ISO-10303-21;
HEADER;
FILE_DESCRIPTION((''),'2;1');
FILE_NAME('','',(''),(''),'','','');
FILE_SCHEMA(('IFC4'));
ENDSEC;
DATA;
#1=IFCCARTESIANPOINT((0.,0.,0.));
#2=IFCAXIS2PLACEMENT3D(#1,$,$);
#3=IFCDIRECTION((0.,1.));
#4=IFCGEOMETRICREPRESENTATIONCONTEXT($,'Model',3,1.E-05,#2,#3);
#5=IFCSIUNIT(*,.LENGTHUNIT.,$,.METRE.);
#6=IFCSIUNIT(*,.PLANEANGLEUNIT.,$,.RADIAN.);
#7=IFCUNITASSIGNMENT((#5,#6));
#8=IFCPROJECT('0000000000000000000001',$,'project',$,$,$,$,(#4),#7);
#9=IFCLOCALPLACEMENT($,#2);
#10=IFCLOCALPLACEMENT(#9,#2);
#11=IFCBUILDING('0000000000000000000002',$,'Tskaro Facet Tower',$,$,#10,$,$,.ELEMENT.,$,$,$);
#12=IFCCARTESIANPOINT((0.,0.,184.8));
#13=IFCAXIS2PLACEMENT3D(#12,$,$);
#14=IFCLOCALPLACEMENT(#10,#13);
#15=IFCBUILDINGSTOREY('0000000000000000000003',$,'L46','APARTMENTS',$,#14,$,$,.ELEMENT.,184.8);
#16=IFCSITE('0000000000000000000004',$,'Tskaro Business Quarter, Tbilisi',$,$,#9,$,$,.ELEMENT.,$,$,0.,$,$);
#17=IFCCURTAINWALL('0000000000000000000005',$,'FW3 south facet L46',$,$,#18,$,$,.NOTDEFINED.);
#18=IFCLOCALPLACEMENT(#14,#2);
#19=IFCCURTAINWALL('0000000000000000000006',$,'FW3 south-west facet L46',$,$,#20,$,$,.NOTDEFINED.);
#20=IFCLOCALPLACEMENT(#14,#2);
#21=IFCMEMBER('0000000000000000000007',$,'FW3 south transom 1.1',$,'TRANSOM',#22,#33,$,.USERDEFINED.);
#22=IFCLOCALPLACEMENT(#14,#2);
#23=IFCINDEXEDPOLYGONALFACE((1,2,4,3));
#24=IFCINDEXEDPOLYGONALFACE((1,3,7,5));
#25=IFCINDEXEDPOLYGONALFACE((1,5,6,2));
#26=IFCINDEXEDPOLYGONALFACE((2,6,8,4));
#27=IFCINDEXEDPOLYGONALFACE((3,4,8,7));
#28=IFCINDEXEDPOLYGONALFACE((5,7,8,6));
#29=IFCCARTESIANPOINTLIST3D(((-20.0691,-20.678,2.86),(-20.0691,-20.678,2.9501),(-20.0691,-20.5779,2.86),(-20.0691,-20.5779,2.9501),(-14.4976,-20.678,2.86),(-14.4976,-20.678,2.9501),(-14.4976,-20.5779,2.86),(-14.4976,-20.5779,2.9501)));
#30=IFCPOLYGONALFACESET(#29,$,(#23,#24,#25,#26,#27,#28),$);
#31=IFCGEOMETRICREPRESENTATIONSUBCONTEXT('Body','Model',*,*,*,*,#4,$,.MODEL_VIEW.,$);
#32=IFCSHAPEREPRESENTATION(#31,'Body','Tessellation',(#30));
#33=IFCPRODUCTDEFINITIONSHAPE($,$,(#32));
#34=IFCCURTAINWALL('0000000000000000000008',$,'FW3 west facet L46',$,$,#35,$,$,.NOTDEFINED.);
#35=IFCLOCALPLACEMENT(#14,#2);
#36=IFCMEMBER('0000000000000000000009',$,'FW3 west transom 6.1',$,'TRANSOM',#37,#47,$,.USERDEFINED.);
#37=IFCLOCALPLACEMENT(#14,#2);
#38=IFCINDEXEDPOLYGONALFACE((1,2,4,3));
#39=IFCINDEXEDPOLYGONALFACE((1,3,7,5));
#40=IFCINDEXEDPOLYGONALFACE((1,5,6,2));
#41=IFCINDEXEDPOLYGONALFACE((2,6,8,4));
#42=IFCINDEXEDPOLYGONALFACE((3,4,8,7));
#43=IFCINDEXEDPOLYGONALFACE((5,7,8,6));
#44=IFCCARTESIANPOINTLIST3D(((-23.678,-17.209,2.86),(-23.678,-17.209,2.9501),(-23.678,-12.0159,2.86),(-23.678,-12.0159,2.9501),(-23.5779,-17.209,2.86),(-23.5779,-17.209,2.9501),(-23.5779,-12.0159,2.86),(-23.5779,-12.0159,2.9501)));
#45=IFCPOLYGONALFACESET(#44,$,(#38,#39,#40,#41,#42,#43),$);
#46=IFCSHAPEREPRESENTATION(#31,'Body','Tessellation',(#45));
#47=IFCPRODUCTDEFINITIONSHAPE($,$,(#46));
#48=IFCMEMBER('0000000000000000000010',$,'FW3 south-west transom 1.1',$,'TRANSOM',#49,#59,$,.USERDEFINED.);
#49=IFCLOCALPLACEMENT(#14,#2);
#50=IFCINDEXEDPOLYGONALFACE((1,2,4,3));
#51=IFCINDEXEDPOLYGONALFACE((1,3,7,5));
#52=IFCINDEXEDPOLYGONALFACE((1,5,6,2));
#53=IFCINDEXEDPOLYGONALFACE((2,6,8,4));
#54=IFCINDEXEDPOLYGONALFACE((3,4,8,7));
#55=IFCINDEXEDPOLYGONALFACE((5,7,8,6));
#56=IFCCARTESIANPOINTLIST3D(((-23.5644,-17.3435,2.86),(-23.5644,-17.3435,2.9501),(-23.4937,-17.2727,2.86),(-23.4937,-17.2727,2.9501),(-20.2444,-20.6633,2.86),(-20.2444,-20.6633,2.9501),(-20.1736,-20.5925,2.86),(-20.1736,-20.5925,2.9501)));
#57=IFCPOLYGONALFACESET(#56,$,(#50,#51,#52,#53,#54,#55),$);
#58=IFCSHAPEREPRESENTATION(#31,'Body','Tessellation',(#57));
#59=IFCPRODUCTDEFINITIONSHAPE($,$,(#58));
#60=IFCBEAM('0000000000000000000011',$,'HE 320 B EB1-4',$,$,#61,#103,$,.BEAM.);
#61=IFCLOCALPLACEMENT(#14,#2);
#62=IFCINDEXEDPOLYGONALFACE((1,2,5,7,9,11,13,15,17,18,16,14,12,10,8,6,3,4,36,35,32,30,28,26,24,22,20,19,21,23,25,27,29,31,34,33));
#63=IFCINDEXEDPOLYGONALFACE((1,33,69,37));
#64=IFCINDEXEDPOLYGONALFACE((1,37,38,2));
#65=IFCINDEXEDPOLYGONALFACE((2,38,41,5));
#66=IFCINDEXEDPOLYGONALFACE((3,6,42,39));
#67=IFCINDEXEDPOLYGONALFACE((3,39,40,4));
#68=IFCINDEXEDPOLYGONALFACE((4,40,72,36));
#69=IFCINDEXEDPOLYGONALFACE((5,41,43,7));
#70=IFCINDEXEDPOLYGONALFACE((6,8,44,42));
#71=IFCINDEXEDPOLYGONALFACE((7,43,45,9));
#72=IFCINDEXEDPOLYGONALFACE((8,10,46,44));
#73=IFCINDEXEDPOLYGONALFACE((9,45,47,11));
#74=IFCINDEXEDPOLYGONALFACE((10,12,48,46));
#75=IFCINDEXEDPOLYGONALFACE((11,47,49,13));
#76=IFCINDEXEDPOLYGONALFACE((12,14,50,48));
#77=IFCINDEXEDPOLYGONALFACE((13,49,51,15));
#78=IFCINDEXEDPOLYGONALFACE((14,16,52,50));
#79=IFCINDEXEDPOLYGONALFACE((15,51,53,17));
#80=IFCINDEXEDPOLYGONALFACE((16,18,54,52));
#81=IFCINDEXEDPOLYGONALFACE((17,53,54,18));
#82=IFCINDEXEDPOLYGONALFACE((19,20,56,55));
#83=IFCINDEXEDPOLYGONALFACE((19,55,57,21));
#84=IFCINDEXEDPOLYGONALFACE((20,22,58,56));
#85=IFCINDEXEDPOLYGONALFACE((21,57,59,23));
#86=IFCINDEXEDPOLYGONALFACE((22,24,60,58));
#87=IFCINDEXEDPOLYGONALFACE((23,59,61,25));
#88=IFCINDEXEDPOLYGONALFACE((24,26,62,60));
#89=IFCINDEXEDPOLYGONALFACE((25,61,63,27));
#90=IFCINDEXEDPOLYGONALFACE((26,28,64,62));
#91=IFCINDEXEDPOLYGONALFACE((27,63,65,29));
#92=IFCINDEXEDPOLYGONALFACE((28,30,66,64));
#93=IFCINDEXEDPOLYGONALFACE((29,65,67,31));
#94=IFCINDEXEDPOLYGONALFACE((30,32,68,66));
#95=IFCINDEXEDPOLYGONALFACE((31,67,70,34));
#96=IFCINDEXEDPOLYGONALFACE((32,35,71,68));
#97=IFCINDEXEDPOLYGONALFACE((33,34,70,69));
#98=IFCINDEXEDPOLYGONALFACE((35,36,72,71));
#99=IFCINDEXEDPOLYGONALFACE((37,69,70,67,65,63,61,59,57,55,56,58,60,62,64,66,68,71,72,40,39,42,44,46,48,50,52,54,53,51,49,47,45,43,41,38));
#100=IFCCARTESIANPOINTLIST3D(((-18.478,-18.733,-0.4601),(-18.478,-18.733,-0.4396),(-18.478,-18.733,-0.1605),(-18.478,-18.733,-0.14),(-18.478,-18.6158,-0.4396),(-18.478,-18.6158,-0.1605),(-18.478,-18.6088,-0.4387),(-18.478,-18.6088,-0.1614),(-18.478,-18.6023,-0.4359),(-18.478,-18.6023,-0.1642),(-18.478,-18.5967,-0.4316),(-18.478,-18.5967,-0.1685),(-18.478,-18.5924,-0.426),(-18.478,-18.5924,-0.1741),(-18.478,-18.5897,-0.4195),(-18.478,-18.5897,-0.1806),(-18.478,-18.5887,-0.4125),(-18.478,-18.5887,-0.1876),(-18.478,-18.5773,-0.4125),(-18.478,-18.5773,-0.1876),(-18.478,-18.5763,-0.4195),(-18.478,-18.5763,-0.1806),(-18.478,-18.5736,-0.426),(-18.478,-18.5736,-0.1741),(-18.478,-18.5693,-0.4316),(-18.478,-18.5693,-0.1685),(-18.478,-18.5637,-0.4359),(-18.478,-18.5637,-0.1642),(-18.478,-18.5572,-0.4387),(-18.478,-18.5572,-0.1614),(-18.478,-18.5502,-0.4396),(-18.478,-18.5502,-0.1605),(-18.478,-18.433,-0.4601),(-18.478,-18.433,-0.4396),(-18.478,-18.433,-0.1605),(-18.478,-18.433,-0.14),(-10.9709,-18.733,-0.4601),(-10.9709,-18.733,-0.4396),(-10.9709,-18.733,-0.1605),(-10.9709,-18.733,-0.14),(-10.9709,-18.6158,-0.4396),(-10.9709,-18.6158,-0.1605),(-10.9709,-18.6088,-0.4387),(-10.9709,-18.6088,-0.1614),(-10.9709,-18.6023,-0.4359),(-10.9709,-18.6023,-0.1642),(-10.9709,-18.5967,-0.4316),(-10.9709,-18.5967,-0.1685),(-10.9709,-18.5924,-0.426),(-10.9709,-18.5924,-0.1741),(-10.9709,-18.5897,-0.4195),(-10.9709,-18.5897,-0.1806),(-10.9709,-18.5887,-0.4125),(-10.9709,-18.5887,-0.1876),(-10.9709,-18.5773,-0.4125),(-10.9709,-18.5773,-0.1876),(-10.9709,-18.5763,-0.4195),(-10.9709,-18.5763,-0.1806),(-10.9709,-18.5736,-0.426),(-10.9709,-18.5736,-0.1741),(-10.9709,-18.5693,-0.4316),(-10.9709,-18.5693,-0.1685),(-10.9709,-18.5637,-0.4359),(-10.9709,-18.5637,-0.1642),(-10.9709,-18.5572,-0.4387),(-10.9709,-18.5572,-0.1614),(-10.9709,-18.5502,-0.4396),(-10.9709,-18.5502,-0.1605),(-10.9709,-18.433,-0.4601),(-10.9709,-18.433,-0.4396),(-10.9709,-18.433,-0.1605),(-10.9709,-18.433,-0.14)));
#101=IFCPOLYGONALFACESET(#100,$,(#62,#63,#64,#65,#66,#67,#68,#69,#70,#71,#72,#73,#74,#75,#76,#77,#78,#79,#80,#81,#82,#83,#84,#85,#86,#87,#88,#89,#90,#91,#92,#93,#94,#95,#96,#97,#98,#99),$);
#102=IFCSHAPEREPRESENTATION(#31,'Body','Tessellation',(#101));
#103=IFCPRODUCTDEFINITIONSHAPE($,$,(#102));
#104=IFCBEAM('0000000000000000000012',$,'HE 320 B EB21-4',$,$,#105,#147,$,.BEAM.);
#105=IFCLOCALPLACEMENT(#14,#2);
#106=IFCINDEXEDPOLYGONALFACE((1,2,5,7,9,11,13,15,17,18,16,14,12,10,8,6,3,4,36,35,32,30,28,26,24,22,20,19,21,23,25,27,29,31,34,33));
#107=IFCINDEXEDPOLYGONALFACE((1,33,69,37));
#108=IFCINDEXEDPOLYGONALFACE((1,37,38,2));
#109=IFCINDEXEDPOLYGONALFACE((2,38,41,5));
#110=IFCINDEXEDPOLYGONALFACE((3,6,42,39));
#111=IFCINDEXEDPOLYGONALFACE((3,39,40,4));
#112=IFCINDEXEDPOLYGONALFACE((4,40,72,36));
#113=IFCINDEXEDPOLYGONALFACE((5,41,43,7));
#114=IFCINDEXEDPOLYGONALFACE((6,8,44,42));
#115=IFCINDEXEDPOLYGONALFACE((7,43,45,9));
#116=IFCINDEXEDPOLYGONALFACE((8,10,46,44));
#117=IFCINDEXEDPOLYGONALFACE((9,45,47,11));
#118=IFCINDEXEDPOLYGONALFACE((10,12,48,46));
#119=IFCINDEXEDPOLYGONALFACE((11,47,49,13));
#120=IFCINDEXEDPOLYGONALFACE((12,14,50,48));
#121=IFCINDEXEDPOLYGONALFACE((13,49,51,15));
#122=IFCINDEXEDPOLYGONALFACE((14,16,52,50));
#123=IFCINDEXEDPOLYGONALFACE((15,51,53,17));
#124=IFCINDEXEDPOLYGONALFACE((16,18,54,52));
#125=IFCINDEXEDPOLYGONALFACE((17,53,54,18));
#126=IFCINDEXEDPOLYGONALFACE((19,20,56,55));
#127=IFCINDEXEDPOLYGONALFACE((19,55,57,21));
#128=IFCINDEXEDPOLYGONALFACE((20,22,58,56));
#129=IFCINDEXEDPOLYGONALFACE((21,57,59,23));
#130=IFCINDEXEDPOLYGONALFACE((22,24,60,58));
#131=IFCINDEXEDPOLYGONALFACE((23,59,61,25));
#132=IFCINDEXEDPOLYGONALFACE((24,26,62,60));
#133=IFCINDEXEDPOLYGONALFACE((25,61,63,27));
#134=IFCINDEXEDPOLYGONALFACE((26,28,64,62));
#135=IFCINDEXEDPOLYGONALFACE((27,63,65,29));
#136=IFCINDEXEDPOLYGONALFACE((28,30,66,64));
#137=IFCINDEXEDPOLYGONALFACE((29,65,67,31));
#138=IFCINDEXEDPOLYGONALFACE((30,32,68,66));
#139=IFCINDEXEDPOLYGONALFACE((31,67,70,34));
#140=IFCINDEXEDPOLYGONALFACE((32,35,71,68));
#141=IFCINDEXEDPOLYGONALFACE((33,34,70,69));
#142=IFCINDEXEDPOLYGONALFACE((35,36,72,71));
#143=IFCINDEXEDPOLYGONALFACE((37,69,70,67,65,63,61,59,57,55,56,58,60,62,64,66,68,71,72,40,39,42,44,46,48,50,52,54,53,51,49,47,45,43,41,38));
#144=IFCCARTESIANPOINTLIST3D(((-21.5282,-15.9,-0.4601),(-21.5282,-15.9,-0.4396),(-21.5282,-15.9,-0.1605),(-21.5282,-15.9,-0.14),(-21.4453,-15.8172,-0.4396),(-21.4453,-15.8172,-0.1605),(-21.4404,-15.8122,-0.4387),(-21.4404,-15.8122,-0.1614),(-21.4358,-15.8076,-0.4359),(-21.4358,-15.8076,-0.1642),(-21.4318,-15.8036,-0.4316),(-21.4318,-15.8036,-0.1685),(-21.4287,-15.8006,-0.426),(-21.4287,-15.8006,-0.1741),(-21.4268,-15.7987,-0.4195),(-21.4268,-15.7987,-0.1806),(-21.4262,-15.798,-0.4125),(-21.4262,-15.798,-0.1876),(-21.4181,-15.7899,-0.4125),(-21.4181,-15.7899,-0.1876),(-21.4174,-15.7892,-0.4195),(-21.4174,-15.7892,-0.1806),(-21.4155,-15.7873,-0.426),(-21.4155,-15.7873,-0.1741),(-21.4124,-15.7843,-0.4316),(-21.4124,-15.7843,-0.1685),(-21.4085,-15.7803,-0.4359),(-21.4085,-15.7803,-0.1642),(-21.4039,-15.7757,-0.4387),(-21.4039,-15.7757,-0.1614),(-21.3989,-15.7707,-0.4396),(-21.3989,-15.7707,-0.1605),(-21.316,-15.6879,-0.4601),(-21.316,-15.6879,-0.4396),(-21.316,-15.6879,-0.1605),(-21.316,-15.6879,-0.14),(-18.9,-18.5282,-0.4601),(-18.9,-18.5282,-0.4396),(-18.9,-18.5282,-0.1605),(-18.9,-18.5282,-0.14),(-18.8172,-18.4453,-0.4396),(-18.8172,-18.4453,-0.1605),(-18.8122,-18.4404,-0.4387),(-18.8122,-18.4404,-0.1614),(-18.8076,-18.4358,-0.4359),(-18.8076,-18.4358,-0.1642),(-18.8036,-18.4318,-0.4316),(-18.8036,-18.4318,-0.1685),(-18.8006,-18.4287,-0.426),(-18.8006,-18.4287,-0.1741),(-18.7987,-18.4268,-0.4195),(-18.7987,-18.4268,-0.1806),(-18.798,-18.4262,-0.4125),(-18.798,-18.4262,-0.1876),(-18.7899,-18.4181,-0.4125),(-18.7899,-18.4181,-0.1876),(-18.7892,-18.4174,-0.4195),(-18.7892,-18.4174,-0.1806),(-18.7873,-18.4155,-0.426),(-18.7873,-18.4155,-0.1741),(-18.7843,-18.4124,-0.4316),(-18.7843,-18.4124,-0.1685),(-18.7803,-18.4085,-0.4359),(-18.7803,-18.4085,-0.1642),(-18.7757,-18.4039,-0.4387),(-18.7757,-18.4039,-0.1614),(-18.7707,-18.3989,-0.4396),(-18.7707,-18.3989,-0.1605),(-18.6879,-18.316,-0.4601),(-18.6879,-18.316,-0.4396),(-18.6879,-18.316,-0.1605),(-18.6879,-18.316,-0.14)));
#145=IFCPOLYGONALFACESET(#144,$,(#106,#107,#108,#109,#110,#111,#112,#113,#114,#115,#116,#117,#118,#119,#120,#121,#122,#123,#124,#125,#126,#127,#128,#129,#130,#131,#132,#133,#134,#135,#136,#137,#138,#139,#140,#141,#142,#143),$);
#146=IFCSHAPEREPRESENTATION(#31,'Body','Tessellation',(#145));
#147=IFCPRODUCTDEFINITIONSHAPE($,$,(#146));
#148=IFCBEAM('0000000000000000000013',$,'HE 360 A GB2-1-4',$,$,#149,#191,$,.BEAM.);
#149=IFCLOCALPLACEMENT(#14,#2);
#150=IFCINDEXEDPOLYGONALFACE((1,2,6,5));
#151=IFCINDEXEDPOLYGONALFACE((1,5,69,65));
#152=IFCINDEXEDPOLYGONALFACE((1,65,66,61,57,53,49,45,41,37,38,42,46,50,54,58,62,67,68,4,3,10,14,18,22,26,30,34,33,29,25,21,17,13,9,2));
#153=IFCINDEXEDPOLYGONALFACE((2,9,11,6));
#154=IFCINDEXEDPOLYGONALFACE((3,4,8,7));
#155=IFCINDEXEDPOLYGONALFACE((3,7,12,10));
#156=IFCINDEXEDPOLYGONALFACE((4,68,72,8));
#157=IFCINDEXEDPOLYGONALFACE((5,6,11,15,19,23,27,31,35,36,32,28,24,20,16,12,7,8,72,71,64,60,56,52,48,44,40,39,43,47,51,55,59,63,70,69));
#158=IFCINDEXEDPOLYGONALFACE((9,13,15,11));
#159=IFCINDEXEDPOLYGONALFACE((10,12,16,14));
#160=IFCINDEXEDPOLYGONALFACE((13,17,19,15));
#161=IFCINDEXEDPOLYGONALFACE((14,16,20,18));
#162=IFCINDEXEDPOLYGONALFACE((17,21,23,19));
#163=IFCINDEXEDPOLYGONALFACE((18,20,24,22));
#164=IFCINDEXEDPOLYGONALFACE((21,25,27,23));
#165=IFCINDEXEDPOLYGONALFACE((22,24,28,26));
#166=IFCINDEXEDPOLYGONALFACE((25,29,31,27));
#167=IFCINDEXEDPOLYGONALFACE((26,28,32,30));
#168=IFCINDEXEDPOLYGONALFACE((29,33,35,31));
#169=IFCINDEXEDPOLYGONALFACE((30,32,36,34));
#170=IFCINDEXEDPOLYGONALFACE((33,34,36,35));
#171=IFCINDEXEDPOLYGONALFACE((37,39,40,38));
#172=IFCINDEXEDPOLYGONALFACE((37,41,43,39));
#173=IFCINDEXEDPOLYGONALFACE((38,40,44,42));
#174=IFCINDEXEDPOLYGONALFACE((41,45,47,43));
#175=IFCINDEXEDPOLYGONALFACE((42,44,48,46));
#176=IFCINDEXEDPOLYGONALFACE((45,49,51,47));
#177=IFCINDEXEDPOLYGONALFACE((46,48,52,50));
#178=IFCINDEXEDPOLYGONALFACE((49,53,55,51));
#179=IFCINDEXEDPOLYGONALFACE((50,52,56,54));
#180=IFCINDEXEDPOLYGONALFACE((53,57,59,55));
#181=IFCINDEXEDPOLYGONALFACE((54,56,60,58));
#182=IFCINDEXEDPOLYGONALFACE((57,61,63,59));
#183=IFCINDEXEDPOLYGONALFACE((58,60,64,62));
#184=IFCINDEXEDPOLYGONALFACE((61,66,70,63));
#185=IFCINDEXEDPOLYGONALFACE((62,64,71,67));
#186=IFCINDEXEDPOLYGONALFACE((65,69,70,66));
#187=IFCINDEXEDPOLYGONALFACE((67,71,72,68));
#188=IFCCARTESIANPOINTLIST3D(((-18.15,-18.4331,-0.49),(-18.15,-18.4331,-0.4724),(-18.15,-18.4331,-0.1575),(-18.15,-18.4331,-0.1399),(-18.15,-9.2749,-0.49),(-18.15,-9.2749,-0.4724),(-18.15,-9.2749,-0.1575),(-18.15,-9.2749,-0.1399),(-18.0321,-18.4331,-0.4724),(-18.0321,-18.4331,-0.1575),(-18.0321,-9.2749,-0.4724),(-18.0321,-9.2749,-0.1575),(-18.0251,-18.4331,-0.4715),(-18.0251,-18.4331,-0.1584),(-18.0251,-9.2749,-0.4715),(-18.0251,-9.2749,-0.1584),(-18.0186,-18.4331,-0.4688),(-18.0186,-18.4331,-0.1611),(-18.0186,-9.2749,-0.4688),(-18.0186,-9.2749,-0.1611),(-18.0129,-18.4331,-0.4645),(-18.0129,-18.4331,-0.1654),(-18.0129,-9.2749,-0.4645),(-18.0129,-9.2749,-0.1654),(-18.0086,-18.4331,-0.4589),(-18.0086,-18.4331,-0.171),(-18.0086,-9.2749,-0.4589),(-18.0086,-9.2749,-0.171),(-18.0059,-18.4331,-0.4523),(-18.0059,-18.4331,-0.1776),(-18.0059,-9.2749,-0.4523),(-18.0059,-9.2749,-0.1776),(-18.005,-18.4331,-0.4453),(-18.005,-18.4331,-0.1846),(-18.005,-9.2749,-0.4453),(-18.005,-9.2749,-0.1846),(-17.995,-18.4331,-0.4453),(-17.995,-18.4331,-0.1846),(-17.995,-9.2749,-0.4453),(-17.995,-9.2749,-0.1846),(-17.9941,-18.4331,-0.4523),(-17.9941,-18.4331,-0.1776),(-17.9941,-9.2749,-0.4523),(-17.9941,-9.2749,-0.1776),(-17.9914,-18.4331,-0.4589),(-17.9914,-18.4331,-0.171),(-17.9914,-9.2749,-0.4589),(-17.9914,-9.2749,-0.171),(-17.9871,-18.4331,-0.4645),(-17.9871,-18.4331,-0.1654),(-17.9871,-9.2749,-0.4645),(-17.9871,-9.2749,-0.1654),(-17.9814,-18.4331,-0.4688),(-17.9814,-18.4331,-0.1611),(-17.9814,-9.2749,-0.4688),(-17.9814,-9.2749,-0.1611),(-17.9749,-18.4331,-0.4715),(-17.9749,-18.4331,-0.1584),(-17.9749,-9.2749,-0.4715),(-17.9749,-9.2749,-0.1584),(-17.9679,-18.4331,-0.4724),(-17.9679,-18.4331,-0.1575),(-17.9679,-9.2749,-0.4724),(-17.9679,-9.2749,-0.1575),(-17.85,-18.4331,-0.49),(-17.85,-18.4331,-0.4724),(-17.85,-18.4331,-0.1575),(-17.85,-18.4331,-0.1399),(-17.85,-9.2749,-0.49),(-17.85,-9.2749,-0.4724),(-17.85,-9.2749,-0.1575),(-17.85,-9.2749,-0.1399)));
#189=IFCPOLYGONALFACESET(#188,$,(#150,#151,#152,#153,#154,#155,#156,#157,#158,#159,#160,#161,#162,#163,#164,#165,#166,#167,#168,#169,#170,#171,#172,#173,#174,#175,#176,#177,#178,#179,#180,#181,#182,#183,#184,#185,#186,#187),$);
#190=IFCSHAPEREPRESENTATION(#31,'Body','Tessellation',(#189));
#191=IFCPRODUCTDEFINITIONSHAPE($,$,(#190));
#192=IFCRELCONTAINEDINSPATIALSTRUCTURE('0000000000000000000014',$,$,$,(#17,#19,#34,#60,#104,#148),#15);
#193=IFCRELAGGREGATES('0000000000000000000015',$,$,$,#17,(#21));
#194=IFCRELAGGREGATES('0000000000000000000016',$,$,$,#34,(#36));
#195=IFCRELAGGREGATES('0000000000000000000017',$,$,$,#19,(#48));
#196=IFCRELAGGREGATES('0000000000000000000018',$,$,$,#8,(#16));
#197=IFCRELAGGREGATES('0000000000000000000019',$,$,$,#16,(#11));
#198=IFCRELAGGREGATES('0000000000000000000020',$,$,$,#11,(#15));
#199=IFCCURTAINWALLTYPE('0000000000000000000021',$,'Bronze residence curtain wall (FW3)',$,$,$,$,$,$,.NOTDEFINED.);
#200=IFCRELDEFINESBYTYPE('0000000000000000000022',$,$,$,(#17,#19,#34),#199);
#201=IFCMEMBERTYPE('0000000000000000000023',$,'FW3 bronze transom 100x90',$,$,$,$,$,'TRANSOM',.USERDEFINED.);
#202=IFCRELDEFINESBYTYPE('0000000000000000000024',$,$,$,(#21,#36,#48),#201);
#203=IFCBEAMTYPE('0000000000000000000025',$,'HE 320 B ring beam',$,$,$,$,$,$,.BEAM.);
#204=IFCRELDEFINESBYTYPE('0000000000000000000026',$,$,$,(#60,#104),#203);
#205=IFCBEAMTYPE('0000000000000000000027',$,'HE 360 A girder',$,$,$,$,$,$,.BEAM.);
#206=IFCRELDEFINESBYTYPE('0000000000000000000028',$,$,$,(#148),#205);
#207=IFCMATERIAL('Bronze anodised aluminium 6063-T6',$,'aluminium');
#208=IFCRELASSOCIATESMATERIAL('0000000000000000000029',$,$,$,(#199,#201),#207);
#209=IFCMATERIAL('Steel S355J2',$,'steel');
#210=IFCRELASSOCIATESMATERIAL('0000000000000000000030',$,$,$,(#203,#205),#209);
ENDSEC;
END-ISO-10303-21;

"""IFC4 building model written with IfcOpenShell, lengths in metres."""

from ifc_helpers import new_model, si_unit, direction, frame, origin, origin_2d, place, context, subcontext, project, spatial, rectangle, i_section, extrude, material, material_profile, profile_set, type_object, element, aggregate, save


model = new_model("IFC4")

# Units and contexts
model_context = context("Model", 3, precision=1e-05, world=origin(), true_north=direction((0.0, 1.0)))
body_context = subcontext(model_context, "Body", "Model", "MODEL_VIEW")
ifc_project = project(units=[si_unit("LENGTHUNIT", "METRE"), si_unit("PLANEANGLEUNIT", "RADIAN")], contexts=[model_context])

# Site, building, storey
site_placement = place(None, origin())
site = spatial("IfcSite", under=ifc_project, at=site_placement, Name="Tskaro Business Quarter, Tbilisi", CompositionType="ELEMENT", RefElevation=0.0)
building_placement = place(site_placement, origin())
building = spatial("IfcBuilding", under=site, at=building_placement, Name="Tskaro Facet Tower", CompositionType="ELEMENT")
storey_placement = place(building_placement, frame((0.0, 0.0, 184.8)))
storey = spatial("IfcBuildingStorey", under=building, at=storey_placement, Name="L46", Description="APARTMENTS", CompositionType="ELEMENT", Elevation=184.8)

# Curtain walls
ifc_material_1 = material(Name="Bronze anodised aluminium 6063-T6", Category="aluminium")
curtain_wall_type = type_object("IfcCurtainWallType", Name="Bronze residence curtain wall (FW3)", PredefinedType="NOTDEFINED", material=ifc_material_1)
curtain_wall_1_placement = place(storey_placement, origin())
curtain_wall_1 = element("IfcCurtainWall", 1, at=curtain_wall_1_placement, inside=storey, type_object=curtain_wall_type, Name="FW3 south facet L46", PredefinedType="NOTDEFINED")
curtain_wall_2_placement = place(storey_placement, origin())
curtain_wall_2 = element("IfcCurtainWall", 2, at=curtain_wall_2_placement, inside=storey, type_object=curtain_wall_type, Name="FW3 south-west facet L46", PredefinedType="NOTDEFINED")

# Member
ifc_material_profile_1 = material_profile(ifc_material_1, rectangle(XDim=0.1001, YDim=0.0901, at=origin_2d()), Name="Transom 100x90")
ifc_profile_set_1 = profile_set([ifc_material_profile_1], Name="Bronze anodised aluminium 6063-T6")
member_type_1 = type_object("IfcMemberType", Name="FW3 bronze transom 100x90", ElementType="TRANSOM", PredefinedType="USERDEFINED", material=ifc_profile_set_1)
member_1_placement = place(storey_placement, frame((-20.0691, -20.6279, 2.905), z_axis=(1.0, 0.0, 0.0), x_axis=(0.0, 1.0, 0.0)))
member_1 = element("IfcMember", 3, at=member_1_placement, type_object=member_type_1, Name="FW3 south transom 1.1", ObjectType="TRANSOM", PredefinedType="USERDEFINED", context=body_context, shape_type="SweptSolid", body=[
    extrude(rectangle(XDim=0.1001, YDim=0.0901, at=origin_2d()), origin(), (0.0, 0.0, 1.0), 5.5715),
])
aggregate(curtain_wall_1, [member_1])

# Curtain wall, member
curtain_wall_3_placement = place(storey_placement, origin())
curtain_wall_3 = element("IfcCurtainWall", 4, at=curtain_wall_3_placement, inside=storey, type_object=curtain_wall_type, Name="FW3 west facet L46", PredefinedType="NOTDEFINED")
member_2_placement = place(storey_placement, frame((-23.6279, -12.0159, 2.905), z_axis=(0.0, -1.0, 0.0), x_axis=(1.0, 0.0, 0.0)))
member_2 = element("IfcMember", 5, at=member_2_placement, type_object=member_type_1, Name="FW3 west transom 6.1", ObjectType="TRANSOM", PredefinedType="USERDEFINED", context=body_context, shape_type="SweptSolid", body=[
    extrude(rectangle(XDim=0.1001, YDim=0.0901, at=origin_2d()), origin(), (0.0, 0.0, 1.0), 5.1931),
])

# Member
member_3_placement = place(storey_placement, frame((-23.5291, -17.3081, 2.905), z_axis=(0.707133, -0.707081, 0.0), x_axis=(0.707081, 0.707133, 0.0)))
member_3 = element("IfcMember", 6, at=member_3_placement, type_object=member_type_1, Name="FW3 south-west transom 1.1", ObjectType="TRANSOM", PredefinedType="USERDEFINED", context=body_context, shape_type="SweptSolid", body=[
    extrude(rectangle(XDim=0.1001, YDim=0.0901, at=origin_2d()), origin(), (0.0, 0.0, 1.0), 4.6951),
])

# Beams
ifc_material_2 = material(Name="Steel S355J2", Category="steel")
ifc_material_profile_2 = material_profile(ifc_material_2, i_section(OverallWidth=0.3, OverallDepth=0.3201, WebThickness=0.0115, FlangeThickness=0.0205, FilletRadius=0.0271, at=origin_2d()), Name="HE 320 B")
ifc_profile_set_2 = profile_set([ifc_material_profile_2], Name="Steel S355J2")
beam_type_1 = type_object("IfcBeamType", Name="HE 320 B ring beam", PredefinedType="BEAM", material=ifc_profile_set_2)
beam_1_placement = place(storey_placement, frame((-18.478, -18.583, -0.3), z_axis=(1.0, 0.0, 0.0), x_axis=(0.0, 1.0, 0.0)))
element("IfcBeam", 7, at=beam_1_placement, inside=storey, type_object=beam_type_1, Name="HE 320 B EB1-4", PredefinedType="BEAM", context=body_context, shape_type="SweptSolid", body=[
    extrude(i_section(OverallWidth=0.3, OverallDepth=0.3201, WebThickness=0.0115, FlangeThickness=0.0205, FilletRadius=0.0271, at=origin_2d()), origin(), (0.0, 0.0, 1.0), 7.5071),
])
beam_2_placement = place(storey_placement, frame((-21.4221, -15.7939, -0.3), z_axis=(0.707107, -0.707107, 0.0), x_axis=(0.707107, 0.707107, 0.0)))
element("IfcBeam", 8, at=beam_2_placement, inside=storey, type_object=beam_type_1, Name="HE 320 B EB21-4", PredefinedType="BEAM", context=body_context, shape_type="SweptSolid", body=[
    extrude(i_section(OverallWidth=0.3, OverallDepth=0.3201, WebThickness=0.0115, FlangeThickness=0.0205, FilletRadius=0.0271, at=origin_2d()), origin(), (0.0, 0.0, 1.0), 3.7168),
])
ifc_material_profile_3 = material_profile(ifc_material_2, i_section(OverallWidth=0.3, OverallDepth=0.3501, WebThickness=0.01, FlangeThickness=0.0176, FilletRadius=0.0271, at=origin_2d()), Name="HE 360 A")
ifc_profile_set_3 = profile_set([ifc_material_profile_3], Name="Steel S355J2")
beam_type_2 = type_object("IfcBeamType", Name="HE 360 A girder", PredefinedType="BEAM", material=ifc_profile_set_3)
beam_3_placement = place(storey_placement, frame((-18.0, -18.4331, -0.3149), z_axis=(0.0, 1.0, 0.0), x_axis=(-1.0, 0.0, 0.0)))
element("IfcBeam", 9, at=beam_3_placement, inside=storey, type_object=beam_type_2, Name="HE 360 A GB2-1-4", PredefinedType="BEAM", context=body_context, shape_type="SweptSolid", body=[
    extrude(i_section(OverallWidth=0.3, OverallDepth=0.3501, WebThickness=0.01, FlangeThickness=0.0176, FilletRadius=0.0271, at=origin_2d()), origin(), (0.0, 0.0, 1.0), 9.1582),
])

aggregate(curtain_wall_3, [member_2])
aggregate(curtain_wall_2, [member_3])

save(model, "model.ifc")
